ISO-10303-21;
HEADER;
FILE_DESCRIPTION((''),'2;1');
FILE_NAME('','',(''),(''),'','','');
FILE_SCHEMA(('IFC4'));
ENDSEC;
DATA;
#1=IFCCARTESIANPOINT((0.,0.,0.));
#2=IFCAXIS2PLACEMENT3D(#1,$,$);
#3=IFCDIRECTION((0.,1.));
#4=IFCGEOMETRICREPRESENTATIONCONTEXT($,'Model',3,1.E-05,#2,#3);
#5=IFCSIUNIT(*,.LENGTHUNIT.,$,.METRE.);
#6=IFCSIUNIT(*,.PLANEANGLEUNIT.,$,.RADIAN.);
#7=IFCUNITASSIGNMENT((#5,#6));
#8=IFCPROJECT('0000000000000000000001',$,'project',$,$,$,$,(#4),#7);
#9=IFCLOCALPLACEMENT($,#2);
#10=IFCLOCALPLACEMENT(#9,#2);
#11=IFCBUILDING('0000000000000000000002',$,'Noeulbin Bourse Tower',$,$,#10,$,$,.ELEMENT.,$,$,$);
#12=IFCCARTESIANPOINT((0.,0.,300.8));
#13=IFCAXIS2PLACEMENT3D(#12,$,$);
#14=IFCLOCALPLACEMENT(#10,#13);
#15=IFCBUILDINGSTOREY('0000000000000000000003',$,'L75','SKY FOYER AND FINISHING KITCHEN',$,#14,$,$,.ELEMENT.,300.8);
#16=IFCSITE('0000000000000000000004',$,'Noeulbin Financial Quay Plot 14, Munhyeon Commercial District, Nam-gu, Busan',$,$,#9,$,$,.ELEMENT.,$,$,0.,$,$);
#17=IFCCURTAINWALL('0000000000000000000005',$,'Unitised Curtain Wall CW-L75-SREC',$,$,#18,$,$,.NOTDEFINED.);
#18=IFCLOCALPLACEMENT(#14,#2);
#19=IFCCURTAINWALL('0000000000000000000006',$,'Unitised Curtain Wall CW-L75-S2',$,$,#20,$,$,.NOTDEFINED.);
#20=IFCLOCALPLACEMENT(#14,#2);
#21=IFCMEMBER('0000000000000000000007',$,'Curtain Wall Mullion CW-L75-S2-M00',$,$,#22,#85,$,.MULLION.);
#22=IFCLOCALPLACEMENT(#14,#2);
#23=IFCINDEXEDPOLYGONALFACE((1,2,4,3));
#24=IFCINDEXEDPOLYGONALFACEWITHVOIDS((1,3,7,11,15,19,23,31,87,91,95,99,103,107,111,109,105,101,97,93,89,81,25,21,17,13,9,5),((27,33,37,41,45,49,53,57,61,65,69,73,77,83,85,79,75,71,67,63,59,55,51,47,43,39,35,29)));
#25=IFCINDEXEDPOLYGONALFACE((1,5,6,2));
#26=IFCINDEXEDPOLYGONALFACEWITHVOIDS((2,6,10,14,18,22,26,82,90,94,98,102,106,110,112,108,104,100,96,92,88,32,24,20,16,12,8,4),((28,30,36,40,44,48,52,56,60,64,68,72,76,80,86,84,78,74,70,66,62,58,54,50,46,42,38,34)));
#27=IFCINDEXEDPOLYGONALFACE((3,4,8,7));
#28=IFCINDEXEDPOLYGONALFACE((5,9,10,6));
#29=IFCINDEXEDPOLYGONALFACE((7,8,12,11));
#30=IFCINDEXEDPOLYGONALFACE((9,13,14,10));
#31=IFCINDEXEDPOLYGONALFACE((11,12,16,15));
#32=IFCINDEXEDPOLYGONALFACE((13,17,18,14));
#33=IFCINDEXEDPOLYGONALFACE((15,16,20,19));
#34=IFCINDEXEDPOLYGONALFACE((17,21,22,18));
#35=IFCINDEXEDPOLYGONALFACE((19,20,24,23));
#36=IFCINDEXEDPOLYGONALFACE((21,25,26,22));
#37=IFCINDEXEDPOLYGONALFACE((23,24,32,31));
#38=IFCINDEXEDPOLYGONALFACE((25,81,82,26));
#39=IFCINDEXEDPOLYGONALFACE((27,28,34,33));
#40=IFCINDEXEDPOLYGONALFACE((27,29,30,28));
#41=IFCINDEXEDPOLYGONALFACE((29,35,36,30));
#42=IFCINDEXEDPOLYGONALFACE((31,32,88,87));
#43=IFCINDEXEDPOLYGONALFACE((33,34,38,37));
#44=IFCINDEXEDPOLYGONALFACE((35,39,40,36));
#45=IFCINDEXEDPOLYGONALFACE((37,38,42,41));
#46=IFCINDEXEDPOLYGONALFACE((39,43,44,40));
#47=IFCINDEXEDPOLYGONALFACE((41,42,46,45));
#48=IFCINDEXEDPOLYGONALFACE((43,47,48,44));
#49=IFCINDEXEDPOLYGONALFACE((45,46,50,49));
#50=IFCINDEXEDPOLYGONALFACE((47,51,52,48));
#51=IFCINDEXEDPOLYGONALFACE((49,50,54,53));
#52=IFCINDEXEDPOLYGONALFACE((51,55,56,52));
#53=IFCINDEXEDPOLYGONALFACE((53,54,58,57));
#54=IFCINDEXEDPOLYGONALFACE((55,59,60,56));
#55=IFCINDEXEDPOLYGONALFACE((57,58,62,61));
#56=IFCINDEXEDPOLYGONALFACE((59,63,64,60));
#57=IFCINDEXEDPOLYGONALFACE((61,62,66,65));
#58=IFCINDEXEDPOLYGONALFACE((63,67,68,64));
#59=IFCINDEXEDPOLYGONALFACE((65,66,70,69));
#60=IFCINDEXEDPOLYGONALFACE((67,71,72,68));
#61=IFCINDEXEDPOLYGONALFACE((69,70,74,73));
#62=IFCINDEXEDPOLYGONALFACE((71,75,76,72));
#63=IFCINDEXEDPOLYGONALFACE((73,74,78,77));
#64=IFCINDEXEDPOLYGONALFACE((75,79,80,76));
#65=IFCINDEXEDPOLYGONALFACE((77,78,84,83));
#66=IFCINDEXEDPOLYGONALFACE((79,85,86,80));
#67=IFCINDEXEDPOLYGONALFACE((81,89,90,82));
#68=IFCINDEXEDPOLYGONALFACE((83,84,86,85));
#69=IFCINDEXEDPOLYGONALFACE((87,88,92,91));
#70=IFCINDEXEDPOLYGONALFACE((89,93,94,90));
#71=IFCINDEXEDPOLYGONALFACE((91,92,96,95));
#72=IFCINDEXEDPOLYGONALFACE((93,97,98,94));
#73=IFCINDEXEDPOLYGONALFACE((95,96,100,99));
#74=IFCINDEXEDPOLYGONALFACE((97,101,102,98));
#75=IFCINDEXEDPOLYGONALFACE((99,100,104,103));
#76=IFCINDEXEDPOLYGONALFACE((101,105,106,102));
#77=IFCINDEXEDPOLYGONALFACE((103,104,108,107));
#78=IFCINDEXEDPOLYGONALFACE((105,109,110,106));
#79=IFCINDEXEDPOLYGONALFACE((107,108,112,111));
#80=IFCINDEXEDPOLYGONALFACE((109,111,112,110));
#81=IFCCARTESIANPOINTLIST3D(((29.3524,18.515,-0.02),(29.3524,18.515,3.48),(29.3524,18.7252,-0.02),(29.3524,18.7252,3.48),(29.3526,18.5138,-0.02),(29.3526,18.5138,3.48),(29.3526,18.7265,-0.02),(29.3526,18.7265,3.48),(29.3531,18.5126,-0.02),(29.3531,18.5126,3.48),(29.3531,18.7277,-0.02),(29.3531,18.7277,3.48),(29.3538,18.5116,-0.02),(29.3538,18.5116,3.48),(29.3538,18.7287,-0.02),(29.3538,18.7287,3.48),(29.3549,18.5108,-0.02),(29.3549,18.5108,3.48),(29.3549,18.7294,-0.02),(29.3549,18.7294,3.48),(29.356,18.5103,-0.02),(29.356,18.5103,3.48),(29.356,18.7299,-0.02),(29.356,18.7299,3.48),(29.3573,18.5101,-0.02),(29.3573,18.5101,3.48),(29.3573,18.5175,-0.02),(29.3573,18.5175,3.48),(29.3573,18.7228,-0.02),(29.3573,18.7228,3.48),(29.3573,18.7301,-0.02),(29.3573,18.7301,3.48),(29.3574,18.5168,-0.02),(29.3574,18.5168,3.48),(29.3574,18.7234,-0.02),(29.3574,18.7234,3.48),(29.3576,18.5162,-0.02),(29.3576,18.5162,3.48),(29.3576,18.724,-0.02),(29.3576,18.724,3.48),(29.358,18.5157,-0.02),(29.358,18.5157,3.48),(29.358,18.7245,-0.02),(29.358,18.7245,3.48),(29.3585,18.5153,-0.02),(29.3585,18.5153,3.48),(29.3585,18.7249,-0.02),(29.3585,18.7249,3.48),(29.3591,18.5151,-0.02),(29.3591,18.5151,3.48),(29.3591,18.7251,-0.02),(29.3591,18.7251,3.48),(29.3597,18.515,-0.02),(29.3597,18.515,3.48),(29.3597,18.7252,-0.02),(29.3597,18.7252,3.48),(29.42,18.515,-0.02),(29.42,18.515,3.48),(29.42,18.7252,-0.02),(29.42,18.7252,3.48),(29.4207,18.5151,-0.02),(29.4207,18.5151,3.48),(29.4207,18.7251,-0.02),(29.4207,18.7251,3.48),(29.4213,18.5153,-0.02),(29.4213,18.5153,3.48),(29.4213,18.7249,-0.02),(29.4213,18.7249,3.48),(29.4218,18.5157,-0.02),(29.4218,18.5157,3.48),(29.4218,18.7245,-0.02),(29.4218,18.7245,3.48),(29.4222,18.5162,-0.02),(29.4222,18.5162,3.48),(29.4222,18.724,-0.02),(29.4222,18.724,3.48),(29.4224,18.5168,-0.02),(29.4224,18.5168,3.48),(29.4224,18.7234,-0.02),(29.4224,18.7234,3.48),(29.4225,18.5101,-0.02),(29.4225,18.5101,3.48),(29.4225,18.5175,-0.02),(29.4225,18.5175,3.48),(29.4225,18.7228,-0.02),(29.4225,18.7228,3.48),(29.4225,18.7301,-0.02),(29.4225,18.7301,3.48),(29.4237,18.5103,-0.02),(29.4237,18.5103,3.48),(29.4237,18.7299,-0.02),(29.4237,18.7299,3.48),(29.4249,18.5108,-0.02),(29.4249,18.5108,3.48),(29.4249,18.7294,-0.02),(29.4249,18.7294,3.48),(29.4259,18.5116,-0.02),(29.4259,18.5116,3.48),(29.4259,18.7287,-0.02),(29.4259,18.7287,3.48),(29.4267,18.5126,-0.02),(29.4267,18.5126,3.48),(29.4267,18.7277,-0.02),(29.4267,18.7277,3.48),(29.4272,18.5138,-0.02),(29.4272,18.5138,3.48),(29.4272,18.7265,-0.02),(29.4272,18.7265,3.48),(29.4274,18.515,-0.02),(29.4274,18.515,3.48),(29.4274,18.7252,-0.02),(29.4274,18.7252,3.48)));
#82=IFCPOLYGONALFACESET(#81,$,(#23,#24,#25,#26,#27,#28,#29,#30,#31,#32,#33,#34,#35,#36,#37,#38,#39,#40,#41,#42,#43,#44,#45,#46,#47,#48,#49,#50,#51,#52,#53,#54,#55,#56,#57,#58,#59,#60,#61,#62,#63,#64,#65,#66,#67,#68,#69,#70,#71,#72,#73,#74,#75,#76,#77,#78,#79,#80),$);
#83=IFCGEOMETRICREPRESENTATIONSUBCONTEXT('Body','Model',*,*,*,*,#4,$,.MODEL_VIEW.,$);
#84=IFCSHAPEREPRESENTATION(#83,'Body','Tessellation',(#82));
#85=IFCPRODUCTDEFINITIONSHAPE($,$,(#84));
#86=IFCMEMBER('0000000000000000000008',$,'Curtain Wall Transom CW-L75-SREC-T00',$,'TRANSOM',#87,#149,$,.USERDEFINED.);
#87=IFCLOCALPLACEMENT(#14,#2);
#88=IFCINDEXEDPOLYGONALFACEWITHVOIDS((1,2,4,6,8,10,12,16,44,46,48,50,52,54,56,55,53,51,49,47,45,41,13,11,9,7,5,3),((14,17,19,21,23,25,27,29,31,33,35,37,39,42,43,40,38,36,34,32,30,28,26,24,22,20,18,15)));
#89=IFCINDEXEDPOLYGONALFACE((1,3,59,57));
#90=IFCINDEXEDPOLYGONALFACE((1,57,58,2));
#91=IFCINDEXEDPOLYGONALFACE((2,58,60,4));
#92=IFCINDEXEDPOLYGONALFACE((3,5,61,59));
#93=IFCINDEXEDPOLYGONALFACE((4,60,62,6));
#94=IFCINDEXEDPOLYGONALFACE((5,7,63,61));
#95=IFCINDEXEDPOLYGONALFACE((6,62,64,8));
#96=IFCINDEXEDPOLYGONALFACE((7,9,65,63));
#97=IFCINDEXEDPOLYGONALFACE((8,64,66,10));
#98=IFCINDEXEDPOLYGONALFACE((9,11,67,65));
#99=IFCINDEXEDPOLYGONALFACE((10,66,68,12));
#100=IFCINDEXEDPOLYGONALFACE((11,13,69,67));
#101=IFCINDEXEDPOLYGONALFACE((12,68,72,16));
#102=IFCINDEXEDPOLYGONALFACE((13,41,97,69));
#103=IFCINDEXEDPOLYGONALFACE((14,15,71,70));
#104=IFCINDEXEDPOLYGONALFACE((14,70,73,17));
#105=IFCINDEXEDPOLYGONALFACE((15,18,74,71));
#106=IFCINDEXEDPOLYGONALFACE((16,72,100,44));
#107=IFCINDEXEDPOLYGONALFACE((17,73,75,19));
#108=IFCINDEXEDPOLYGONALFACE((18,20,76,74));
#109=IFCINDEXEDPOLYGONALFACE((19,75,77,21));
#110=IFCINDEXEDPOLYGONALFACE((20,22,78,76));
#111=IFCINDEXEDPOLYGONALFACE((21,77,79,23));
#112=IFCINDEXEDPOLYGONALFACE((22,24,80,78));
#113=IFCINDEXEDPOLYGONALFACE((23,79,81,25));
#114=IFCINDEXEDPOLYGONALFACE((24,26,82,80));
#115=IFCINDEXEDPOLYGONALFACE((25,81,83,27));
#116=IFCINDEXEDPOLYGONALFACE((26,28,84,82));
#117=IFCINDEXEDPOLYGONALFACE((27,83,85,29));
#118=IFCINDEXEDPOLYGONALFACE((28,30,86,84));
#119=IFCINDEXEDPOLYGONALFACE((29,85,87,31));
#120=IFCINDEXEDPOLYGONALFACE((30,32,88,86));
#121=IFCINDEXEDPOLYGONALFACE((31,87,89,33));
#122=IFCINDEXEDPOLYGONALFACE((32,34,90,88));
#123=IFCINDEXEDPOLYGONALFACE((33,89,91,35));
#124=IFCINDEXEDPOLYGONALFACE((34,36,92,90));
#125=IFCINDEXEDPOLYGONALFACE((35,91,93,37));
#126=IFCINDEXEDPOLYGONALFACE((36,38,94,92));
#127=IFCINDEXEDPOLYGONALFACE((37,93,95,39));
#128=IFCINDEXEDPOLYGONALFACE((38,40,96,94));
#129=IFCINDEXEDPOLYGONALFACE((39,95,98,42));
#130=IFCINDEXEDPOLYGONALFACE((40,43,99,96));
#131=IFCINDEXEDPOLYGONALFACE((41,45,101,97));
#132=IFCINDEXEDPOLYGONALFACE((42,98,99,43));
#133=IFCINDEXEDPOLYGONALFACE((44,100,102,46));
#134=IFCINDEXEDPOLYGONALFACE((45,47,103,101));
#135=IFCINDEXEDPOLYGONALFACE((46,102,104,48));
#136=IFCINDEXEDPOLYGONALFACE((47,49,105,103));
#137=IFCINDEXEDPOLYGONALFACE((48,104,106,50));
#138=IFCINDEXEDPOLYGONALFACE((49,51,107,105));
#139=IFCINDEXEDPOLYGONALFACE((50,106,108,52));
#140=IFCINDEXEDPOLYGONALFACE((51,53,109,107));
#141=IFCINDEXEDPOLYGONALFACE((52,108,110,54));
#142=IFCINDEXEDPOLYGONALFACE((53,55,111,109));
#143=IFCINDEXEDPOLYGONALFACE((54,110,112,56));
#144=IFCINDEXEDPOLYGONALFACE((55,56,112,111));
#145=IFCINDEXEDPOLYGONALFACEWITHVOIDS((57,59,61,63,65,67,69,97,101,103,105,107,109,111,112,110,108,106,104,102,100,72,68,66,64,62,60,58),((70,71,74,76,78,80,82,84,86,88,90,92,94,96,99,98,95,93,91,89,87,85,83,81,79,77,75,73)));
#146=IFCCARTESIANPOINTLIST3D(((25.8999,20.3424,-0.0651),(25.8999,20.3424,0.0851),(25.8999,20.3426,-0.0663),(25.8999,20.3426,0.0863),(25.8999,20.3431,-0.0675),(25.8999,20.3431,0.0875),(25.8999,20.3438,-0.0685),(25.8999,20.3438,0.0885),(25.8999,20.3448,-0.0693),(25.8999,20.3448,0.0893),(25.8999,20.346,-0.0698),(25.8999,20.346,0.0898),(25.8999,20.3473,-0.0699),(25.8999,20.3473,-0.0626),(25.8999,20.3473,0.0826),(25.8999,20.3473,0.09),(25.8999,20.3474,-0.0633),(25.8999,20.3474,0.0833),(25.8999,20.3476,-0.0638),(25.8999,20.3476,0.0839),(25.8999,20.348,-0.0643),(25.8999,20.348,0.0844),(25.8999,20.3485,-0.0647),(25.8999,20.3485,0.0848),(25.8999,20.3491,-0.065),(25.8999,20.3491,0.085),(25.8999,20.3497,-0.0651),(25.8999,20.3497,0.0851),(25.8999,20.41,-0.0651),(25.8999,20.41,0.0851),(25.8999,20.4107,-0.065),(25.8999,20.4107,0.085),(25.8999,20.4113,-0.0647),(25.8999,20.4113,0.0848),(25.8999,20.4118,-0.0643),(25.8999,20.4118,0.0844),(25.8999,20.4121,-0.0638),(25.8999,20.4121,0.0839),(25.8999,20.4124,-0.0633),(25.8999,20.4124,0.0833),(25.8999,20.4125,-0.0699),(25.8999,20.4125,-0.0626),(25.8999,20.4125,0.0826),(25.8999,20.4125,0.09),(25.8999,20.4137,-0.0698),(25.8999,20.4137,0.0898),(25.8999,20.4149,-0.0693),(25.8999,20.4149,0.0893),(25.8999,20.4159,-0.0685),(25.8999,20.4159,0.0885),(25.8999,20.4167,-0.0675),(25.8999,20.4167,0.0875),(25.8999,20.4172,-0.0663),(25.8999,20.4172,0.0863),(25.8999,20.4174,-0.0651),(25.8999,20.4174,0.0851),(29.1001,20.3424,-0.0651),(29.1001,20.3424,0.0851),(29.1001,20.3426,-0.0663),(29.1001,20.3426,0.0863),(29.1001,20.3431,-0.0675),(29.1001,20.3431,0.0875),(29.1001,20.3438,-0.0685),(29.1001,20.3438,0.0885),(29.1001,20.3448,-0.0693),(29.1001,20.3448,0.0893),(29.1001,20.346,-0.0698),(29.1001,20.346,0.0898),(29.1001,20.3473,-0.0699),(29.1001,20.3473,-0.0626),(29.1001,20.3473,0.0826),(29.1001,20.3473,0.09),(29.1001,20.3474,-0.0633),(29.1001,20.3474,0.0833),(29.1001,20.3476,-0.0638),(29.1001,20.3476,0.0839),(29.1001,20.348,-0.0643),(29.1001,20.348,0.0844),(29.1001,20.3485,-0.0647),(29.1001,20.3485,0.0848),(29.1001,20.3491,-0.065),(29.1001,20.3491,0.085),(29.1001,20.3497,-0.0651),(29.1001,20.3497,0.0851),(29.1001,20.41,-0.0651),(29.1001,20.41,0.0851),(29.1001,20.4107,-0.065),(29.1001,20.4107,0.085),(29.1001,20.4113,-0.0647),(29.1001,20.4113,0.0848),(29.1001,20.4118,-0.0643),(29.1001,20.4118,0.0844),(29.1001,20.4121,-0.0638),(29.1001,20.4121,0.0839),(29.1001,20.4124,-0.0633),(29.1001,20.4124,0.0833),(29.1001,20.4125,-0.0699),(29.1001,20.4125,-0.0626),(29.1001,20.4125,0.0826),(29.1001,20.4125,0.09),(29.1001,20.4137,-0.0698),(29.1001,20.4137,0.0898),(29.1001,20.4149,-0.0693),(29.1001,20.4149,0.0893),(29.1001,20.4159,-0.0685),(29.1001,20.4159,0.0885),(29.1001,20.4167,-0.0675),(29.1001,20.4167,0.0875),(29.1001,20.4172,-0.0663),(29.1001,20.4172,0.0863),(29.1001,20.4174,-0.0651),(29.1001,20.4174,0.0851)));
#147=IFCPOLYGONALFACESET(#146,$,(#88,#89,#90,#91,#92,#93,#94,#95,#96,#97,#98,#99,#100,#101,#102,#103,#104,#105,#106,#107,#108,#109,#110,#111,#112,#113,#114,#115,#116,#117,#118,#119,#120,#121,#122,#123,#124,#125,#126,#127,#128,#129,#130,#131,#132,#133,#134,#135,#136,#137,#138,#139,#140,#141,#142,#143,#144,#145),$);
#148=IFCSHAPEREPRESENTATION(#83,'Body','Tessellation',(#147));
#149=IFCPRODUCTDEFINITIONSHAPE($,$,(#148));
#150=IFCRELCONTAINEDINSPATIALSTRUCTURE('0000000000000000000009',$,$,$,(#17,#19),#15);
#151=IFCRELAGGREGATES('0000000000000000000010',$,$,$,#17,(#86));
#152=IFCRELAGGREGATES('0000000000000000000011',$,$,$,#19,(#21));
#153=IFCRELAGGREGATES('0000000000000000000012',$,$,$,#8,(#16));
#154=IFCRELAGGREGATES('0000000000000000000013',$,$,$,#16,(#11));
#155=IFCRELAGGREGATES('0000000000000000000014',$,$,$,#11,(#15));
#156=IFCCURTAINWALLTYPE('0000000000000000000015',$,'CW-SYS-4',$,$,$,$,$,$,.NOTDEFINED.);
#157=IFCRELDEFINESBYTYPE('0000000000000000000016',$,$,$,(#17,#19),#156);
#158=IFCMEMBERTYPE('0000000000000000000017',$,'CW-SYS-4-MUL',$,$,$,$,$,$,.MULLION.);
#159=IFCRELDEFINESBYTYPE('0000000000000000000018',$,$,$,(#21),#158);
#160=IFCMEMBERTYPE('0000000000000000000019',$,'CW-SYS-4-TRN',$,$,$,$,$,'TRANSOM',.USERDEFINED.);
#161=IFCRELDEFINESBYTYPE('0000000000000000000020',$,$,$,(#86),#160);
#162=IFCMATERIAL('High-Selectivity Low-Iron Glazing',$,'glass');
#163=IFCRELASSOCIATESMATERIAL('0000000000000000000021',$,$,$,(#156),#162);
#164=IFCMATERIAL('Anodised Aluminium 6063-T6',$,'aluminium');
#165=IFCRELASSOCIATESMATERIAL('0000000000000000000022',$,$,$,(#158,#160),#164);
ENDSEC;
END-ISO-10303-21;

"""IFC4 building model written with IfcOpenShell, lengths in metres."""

from ifc_helpers import new_model, si_unit, direction, frame, origin, origin_2d, place, context, subcontext, project, spatial, hollow_rectangle, extrude, material, material_profile, profile_set, type_object, element, aggregate, save


model = new_model("IFC4")

# Units and contexts
model_context = context("Model", 3, precision=1e-05, world=origin(), true_north=direction((0.0, 1.0)))
body_context = subcontext(model_context, "Body", "Model", "MODEL_VIEW")
ifc_project = project(units=[si_unit("LENGTHUNIT", "METRE"), si_unit("PLANEANGLEUNIT", "RADIAN")], contexts=[model_context])

# Site, building, storey
site_placement = place(None, origin())
site = spatial("IfcSite", under=ifc_project, at=site_placement, Name="Noeulbin Financial Quay Plot 14, Munhyeon Commercial District, Nam-gu, Busan", CompositionType="ELEMENT", RefElevation=0.0)
building_placement = place(site_placement, origin())
building = spatial("IfcBuilding", under=site, at=building_placement, Name="Noeulbin Bourse Tower", CompositionType="ELEMENT")
storey_placement = place(building_placement, frame((0.0, 0.0, 300.8)))
storey = spatial("IfcBuildingStorey", under=building, at=storey_placement, Name="L75", Description="SKY FOYER AND FINISHING KITCHEN", CompositionType="ELEMENT", Elevation=300.8)

# Curtain wall
ifc_material_1 = material(Name="High-Selectivity Low-Iron Glazing", Category="glass")
curtain_wall_type = type_object("IfcCurtainWallType", Name="CW-SYS-4", PredefinedType="NOTDEFINED", material=ifc_material_1)
curtain_wall_1_placement = place(storey_placement, origin())
curtain_wall_1 = element("IfcCurtainWall", 1, at=curtain_wall_1_placement, inside=storey, type_object=curtain_wall_type, Name="Unitised Curtain Wall CW-L75-SREC", PredefinedType="NOTDEFINED")
ifc_material_2 = material(Name="Anodised Aluminium 6063-T6", Category="aluminium")
ifc_material_profile_1 = material_profile(ifc_material_2, hollow_rectangle(XDim=0.075, YDim=0.22, WallThickness=0.0049, InnerFilletRadius=0.0024, OuterFilletRadius=0.0049, at=origin_2d()), Name="ALU-MULL-75x220x5", Category="LoadBearing")
ifc_profile_set_1 = profile_set([ifc_material_profile_1], Name="Anodised Aluminium 6063-T6")
member_type_1 = type_object("IfcMemberType", Name="CW-SYS-4-MUL", PredefinedType="MULLION", material=ifc_profile_set_1)

# Curtain wall, member
curtain_wall_2_placement = place(storey_placement, origin())
curtain_wall_2 = element("IfcCurtainWall", 2, at=curtain_wall_2_placement, inside=storey, type_object=curtain_wall_type, Name="Unitised Curtain Wall CW-L75-S2", PredefinedType="NOTDEFINED")
member_1_placement = place(storey_placement, frame((29.3899, 18.6201, -0.02), z_axis=(0.0, 0.0, 1.0), x_axis=(1.0, 0.0, 0.0)))
member_1 = element("IfcMember", 3, at=member_1_placement, type_object=member_type_1, Name="Curtain Wall Mullion CW-L75-S2-M00", PredefinedType="MULLION", context=body_context, shape_type="SweptSolid", body=[
    extrude(hollow_rectangle(XDim=0.075, YDim=0.22, WallThickness=0.0049, InnerFilletRadius=0.0024, OuterFilletRadius=0.0049, at=origin_2d()), origin(), (0.0, 0.0, 1.0), 3.5),
])

# Member
ifc_material_profile_2 = material_profile(ifc_material_2, hollow_rectangle(XDim=0.075, YDim=0.1599, WallThickness=0.0049, InnerFilletRadius=0.0024, OuterFilletRadius=0.0049, at=origin_2d()), Name="ALU-TRAN-75x160x5", Category="LoadBearing")
ifc_profile_set_2 = profile_set([ifc_material_profile_2], Name="Anodised Aluminium 6063-T6")
member_type_2 = type_object("IfcMemberType", Name="CW-SYS-4-TRN", ElementType="TRANSOM", PredefinedType="USERDEFINED", material=ifc_profile_set_2)
member_2_placement = place(storey_placement, frame((25.8999, 20.3799, 0.01), z_axis=(1.0, 0.0, 0.0), x_axis=(0.0, 1.0, 0.0)))
member_2 = element("IfcMember", 4, at=member_2_placement, type_object=member_type_2, Name="Curtain Wall Transom CW-L75-SREC-T00", ObjectType="TRANSOM", PredefinedType="USERDEFINED", context=body_context, shape_type="SweptSolid", body=[
    extrude(hollow_rectangle(XDim=0.075, YDim=0.1599, WallThickness=0.0049, InnerFilletRadius=0.0024, OuterFilletRadius=0.0049, at=origin_2d()), origin(), (0.0, 0.0, 1.0), 3.2002),
])

aggregate(curtain_wall_1, [member_2])
aggregate(curtain_wall_2, [member_1])

save(model, "model.ifc")
